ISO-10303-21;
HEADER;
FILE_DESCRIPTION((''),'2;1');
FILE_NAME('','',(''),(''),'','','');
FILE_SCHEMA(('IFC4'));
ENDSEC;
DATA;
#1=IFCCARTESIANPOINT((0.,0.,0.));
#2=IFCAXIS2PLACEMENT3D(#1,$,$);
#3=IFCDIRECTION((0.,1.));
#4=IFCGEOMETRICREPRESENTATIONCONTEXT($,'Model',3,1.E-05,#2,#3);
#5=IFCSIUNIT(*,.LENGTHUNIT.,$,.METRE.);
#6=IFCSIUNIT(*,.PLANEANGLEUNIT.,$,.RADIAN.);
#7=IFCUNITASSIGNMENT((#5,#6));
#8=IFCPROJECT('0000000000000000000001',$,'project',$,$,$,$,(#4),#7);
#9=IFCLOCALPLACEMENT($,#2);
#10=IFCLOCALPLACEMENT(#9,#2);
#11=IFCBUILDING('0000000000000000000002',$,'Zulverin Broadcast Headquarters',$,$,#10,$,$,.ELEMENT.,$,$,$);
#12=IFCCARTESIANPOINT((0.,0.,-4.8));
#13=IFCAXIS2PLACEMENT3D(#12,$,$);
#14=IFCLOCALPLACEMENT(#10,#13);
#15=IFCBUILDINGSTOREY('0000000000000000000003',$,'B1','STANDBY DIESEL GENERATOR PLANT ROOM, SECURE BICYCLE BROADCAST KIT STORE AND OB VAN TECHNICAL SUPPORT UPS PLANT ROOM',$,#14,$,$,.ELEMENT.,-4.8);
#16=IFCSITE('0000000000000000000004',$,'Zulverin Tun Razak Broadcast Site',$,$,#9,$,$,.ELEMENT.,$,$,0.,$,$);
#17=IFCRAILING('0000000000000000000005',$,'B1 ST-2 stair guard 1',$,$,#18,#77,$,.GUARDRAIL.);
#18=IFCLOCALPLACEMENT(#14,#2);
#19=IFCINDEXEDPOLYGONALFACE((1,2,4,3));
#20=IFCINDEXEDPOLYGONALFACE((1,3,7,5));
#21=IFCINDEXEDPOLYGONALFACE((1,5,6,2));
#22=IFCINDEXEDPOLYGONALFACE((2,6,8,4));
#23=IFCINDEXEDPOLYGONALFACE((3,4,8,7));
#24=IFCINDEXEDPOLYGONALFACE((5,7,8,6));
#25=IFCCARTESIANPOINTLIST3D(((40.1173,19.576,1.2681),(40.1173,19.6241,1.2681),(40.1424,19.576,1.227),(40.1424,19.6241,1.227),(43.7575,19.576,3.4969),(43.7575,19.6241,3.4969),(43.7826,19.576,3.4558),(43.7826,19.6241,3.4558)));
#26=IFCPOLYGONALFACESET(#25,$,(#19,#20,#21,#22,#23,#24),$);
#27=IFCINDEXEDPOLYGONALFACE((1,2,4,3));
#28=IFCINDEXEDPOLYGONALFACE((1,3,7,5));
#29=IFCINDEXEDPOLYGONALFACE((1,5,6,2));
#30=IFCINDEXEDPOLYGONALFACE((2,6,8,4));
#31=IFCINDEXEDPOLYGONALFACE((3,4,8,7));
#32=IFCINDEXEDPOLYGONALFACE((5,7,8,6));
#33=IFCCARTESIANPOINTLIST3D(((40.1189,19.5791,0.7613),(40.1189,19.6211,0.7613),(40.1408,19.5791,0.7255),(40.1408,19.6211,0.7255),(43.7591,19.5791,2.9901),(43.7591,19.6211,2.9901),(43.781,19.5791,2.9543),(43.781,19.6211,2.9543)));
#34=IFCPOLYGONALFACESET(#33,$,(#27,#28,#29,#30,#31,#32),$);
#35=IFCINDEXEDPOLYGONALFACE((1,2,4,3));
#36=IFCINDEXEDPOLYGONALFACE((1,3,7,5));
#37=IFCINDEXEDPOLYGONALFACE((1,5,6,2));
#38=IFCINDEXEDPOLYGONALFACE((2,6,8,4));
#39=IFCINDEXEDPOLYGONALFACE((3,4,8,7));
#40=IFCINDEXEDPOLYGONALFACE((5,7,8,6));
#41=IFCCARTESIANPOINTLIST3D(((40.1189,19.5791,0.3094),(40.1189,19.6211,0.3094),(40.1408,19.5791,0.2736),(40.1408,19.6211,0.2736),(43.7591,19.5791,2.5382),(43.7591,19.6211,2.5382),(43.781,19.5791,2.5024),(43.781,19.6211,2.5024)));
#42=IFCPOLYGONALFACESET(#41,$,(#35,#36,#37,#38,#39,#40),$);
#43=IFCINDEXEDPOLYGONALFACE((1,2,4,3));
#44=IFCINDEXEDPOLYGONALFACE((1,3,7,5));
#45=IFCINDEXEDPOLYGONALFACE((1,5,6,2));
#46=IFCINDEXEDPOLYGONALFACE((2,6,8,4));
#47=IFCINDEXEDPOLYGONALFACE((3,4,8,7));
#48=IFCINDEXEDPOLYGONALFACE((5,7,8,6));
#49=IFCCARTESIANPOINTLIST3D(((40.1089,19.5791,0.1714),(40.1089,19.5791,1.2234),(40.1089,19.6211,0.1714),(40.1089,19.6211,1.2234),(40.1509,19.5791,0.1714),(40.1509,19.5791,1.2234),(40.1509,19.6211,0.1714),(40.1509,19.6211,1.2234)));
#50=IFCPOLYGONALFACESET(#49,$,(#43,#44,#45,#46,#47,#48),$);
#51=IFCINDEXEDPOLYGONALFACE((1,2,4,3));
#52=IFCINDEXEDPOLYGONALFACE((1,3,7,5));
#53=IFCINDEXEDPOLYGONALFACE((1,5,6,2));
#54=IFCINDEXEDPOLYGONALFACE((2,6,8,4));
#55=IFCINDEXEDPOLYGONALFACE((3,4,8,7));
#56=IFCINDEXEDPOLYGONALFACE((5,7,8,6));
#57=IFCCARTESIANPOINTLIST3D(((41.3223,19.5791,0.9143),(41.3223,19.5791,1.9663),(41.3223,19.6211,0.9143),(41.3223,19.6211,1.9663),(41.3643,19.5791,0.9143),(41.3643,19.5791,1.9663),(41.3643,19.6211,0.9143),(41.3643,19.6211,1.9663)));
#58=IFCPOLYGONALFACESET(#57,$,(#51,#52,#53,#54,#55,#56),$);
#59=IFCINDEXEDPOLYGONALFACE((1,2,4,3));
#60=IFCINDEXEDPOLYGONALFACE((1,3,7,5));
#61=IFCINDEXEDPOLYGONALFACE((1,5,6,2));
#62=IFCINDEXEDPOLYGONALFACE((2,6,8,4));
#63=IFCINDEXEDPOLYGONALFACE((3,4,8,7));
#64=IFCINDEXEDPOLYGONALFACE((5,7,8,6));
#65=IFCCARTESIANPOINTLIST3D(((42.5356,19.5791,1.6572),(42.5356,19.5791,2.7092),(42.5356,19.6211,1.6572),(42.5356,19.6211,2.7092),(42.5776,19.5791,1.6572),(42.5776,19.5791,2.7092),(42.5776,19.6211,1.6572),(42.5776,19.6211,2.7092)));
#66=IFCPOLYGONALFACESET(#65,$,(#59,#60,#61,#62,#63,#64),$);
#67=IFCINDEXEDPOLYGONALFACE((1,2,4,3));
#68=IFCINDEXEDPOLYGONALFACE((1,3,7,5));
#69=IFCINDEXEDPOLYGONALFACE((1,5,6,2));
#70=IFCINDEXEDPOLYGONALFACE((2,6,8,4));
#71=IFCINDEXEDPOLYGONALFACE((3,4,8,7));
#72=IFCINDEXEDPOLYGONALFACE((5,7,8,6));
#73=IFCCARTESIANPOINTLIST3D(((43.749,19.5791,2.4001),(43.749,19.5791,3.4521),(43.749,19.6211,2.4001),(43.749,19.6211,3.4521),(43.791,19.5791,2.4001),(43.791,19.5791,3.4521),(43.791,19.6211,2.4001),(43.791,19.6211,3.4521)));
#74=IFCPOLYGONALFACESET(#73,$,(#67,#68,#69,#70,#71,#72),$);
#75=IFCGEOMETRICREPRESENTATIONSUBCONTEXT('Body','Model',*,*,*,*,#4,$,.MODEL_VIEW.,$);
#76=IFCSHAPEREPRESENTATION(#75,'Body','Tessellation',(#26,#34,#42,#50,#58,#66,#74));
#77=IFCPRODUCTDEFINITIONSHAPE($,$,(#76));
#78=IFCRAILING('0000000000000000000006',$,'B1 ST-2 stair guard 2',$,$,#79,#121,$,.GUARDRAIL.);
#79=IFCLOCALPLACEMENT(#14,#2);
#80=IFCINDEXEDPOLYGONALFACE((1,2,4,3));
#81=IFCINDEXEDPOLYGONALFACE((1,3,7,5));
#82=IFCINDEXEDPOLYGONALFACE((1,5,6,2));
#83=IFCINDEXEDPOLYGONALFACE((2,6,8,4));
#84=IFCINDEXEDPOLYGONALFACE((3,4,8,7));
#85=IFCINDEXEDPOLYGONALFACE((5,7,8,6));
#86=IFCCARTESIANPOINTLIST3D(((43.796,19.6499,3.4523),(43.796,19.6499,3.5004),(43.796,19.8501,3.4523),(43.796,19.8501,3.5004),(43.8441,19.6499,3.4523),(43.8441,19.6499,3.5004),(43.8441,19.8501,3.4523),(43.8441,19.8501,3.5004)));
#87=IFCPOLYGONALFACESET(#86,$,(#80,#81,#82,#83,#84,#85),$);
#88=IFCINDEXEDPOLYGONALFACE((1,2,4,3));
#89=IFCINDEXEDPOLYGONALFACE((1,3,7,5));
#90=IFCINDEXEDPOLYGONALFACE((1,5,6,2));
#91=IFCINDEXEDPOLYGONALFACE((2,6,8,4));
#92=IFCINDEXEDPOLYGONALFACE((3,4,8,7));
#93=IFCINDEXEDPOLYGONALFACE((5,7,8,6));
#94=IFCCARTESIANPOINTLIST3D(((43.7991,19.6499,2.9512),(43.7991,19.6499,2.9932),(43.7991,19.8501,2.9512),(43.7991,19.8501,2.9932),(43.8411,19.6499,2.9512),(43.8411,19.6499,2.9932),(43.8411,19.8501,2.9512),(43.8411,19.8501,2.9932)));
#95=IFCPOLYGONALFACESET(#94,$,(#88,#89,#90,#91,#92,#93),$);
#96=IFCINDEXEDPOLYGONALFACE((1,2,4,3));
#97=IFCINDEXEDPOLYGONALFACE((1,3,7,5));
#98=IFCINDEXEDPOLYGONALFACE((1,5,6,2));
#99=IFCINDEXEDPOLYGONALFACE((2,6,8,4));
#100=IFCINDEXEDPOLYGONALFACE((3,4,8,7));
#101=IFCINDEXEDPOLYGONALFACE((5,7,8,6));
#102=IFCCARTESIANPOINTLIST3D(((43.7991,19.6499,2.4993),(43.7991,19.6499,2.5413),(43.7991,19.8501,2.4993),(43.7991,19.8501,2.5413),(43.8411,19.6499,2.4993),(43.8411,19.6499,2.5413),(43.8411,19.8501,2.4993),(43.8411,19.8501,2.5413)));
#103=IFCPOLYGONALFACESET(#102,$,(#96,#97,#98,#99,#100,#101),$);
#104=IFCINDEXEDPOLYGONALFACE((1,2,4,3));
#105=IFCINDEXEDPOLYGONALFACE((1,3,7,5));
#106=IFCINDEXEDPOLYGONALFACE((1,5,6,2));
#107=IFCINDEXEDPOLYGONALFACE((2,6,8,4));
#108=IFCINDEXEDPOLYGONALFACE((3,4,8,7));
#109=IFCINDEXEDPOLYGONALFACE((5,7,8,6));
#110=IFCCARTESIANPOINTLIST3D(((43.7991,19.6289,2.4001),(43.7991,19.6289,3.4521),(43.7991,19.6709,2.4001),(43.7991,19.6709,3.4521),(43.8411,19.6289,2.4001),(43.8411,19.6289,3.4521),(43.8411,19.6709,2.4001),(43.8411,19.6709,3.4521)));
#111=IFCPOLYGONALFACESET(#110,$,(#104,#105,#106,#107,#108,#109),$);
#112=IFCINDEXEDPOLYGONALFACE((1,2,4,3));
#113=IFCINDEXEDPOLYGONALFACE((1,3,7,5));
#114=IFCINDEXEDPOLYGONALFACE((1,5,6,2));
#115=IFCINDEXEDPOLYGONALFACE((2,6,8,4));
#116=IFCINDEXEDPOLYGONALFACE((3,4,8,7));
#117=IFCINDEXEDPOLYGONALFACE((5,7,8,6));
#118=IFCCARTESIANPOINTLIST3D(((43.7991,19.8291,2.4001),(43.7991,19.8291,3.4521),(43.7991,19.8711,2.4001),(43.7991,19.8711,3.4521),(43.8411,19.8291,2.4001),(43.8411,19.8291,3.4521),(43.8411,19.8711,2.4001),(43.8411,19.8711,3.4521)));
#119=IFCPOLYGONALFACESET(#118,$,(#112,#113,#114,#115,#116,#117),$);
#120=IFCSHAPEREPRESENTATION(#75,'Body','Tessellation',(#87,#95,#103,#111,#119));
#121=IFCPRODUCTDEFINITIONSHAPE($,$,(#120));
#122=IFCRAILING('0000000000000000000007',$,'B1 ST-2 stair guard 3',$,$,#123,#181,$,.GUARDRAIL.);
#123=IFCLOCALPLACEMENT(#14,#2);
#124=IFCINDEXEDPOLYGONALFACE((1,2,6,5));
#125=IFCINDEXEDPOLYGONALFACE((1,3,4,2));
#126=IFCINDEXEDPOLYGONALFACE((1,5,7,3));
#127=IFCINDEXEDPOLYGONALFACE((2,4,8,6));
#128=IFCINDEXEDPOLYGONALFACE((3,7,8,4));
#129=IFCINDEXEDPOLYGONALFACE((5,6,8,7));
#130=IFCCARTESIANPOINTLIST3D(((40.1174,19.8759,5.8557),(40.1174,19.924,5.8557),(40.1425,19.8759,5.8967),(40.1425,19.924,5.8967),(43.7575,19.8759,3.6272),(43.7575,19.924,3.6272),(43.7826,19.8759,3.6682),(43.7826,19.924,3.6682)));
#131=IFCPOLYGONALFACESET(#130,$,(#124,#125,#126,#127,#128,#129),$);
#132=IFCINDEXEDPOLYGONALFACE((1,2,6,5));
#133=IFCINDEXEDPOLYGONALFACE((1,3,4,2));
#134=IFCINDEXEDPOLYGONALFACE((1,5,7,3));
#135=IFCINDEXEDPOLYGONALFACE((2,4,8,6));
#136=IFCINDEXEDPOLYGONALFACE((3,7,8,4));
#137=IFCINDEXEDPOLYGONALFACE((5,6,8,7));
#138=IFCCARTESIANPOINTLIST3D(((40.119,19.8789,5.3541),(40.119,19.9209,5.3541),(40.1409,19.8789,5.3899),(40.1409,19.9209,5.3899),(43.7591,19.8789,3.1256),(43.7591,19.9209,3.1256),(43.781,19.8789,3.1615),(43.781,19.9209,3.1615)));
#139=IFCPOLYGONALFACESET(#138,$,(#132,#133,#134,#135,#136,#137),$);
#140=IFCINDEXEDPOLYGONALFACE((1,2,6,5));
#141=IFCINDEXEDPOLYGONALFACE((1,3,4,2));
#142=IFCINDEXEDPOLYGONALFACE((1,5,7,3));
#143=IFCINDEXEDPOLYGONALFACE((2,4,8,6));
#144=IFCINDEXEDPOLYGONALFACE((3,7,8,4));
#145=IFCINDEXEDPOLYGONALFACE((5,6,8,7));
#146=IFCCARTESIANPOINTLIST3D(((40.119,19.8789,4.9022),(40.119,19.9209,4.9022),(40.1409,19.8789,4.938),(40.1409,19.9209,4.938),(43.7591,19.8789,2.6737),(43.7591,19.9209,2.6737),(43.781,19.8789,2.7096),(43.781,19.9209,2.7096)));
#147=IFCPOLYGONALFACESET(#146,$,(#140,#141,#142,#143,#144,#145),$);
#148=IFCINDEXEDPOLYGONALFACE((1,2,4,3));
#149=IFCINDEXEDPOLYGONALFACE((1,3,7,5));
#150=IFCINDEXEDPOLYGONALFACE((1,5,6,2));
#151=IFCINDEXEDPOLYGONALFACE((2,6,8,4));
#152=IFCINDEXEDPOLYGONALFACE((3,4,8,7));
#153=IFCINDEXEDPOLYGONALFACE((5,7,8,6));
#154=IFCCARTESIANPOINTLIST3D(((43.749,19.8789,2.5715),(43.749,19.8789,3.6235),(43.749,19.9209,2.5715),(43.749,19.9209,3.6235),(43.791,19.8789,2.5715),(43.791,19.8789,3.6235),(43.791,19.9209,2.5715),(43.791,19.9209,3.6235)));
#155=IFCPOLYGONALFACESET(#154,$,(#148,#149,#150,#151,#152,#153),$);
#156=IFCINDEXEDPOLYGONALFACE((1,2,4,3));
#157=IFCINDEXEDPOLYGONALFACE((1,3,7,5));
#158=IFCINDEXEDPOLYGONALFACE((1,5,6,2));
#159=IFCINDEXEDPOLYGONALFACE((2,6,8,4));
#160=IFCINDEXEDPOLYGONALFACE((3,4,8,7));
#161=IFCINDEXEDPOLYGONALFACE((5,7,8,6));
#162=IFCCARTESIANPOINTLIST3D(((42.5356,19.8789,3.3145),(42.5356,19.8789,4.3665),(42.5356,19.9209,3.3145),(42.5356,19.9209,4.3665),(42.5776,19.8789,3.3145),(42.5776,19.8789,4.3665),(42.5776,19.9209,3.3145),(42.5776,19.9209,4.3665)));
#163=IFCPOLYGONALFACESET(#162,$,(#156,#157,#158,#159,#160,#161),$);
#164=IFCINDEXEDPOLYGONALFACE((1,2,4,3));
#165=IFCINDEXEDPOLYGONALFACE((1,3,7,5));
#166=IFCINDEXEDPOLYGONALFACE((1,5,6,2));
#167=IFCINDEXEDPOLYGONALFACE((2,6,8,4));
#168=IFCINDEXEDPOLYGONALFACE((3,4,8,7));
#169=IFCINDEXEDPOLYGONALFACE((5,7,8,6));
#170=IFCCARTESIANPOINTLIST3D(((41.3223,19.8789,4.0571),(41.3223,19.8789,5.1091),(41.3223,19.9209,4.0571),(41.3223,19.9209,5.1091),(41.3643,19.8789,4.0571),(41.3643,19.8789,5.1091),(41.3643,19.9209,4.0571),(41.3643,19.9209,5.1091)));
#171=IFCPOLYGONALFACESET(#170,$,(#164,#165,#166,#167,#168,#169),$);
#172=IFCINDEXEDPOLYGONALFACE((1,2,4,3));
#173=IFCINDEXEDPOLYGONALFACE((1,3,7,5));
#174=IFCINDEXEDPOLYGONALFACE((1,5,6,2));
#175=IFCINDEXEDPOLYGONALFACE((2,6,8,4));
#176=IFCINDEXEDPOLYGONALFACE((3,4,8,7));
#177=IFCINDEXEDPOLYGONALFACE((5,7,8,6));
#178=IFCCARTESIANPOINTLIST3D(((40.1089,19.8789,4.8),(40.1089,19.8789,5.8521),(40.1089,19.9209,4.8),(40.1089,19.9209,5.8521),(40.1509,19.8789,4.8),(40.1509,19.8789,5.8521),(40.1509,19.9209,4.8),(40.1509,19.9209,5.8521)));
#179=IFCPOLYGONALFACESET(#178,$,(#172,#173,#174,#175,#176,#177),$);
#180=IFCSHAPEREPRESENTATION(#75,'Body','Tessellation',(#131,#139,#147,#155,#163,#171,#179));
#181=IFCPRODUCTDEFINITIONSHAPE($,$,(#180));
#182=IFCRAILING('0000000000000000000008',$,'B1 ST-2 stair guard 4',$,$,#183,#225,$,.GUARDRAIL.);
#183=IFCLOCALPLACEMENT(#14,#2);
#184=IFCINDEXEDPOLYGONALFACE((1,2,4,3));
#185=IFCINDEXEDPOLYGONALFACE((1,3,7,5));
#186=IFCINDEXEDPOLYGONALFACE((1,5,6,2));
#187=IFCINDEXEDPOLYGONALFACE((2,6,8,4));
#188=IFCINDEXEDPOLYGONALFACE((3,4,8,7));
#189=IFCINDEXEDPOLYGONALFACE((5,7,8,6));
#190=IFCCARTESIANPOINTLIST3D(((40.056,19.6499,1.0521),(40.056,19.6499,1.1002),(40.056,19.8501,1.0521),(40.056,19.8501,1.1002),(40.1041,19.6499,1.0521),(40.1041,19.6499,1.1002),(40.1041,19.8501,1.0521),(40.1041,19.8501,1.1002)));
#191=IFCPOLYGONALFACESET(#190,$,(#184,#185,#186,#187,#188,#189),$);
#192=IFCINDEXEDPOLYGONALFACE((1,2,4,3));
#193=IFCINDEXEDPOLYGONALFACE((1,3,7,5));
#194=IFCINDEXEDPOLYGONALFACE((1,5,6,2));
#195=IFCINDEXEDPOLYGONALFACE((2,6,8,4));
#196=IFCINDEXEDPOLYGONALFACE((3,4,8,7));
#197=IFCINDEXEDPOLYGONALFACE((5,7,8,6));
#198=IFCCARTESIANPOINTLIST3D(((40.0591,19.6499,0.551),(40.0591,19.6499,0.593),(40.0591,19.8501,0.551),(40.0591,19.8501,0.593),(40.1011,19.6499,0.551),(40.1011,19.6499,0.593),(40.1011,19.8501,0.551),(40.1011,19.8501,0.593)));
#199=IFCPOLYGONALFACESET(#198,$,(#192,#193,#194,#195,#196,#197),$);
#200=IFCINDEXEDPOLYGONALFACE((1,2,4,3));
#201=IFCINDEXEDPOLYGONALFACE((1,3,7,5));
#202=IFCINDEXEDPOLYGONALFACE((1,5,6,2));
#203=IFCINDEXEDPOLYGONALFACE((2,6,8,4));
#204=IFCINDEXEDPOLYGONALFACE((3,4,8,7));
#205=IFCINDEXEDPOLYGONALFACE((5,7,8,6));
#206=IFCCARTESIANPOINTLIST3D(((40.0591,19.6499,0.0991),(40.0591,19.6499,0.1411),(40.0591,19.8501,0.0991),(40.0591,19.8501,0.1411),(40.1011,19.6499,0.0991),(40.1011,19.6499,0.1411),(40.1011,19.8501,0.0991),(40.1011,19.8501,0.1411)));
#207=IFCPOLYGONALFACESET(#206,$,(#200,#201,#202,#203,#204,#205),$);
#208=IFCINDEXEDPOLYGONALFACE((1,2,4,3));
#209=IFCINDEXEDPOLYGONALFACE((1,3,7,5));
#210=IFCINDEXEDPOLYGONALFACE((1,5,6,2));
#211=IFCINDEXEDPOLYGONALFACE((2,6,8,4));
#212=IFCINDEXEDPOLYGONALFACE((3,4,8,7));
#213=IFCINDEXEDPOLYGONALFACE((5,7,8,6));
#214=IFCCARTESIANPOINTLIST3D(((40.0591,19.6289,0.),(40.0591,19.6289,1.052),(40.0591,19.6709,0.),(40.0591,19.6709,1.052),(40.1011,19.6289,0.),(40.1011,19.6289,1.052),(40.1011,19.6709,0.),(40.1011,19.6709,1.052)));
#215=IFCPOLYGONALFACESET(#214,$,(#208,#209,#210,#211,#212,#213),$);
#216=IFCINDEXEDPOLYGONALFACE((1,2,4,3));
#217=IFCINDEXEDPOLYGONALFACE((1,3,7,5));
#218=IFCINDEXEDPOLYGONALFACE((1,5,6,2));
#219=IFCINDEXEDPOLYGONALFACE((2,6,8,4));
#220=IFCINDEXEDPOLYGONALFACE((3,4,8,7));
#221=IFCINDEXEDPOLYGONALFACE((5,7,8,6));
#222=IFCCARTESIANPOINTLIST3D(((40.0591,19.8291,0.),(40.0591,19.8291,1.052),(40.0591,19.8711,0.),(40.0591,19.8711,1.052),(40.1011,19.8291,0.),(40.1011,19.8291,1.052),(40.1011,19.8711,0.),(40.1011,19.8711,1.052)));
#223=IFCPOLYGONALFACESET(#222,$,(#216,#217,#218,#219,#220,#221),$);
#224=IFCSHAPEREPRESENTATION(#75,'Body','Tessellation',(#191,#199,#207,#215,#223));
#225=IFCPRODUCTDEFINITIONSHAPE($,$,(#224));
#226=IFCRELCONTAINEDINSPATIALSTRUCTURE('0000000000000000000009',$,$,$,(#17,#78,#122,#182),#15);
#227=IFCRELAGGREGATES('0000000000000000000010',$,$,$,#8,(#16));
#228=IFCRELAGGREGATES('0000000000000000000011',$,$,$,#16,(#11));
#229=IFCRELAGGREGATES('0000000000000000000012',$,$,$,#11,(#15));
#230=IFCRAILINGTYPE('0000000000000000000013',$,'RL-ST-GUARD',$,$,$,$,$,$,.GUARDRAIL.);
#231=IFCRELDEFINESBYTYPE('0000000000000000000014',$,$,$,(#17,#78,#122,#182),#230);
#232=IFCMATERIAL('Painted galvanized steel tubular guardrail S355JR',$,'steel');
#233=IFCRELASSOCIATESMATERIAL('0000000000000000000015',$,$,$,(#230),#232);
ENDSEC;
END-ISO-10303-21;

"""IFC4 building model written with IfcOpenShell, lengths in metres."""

from ifc_helpers import new_model, si_unit, direction, frame, origin, origin_2d, place, context, subcontext, project, spatial, rectangle, extrude, material, type_object, element, save


model = new_model("IFC4")

# Units and contexts
model_context = context("Model", 3, precision=1e-05, world=origin(), true_north=direction((0.0, 1.0)))
body_context = subcontext(model_context, "Body", "Model", "MODEL_VIEW")
ifc_project = project(units=[si_unit("LENGTHUNIT", "METRE"), si_unit("PLANEANGLEUNIT", "RADIAN")], contexts=[model_context])

# Site, building, storey
site_placement = place(None, origin())
site = spatial("IfcSite", under=ifc_project, at=site_placement, Name="Zulverin Tun Razak Broadcast Site", CompositionType="ELEMENT", RefElevation=0.0)
building_placement = place(site_placement, origin())
building = spatial("IfcBuilding", under=site, at=building_placement, Name="Zulverin Broadcast Headquarters", CompositionType="ELEMENT")
storey_placement = place(building_placement, frame((0.0, 0.0, -4.8)))
storey = spatial("IfcBuildingStorey", under=building, at=storey_placement, Name="B1", Description="STANDBY DIESEL GENERATOR PLANT ROOM, SECURE BICYCLE BROADCAST KIT STORE AND OB VAN TECHNICAL SUPPORT UPS PLANT ROOM", CompositionType="ELEMENT", Elevation=-4.8)

# Railings
ifc_material_1 = material(Name="Painted galvanized steel tubular guardrail S355JR", Category="steel")
railing_type_1 = type_object("IfcRailingType", Name="RL-ST-GUARD", PredefinedType="GUARDRAIL", material=ifc_material_1)
railing_1_placement = place(storey_placement, frame((40.1299, 19.6001, 0.1714)))
element("IfcRailing", 1, at=railing_1_placement, inside=storey, type_object=railing_type_1, Name="B1 ST-2 stair guard 1", PredefinedType="GUARDRAIL", context=body_context, shape_type="SweptSolid", body=[
    extrude(rectangle(XDim=0.0481, YDim=0.0481, at=origin_2d()), frame((0.0, 0.0, 1.0762), z_axis=(0.85284, 0.0, 0.522172), x_axis=(0.0, 1.0, 0.0)), (0.0, 0.0, 1.0), 4.2683),
    extrude(rectangle(XDim=0.042, YDim=0.042, at=origin_2d()), frame((0.0, 0.0, 0.572), z_axis=(0.85284, 0.0, 0.522172), x_axis=(0.0, 1.0, 0.0)), (0.0, 0.0, 1.0), 4.2683),
    extrude(rectangle(XDim=0.042, YDim=0.042, at=origin_2d()), frame((0.0, 0.0, 0.1201), z_axis=(0.85284, 0.0, 0.522172), x_axis=(0.0, 1.0, 0.0)), (0.0, 0.0, 1.0), 4.2683),
    extrude(rectangle(XDim=0.042, YDim=0.042, at=origin_2d()), origin(), (0.0, 0.0, 1.0), 1.052),
    extrude(rectangle(XDim=0.042, YDim=0.042, at=origin_2d()), frame((1.2134, 0.0, 0.7429)), (0.0, 0.0, 1.0), 1.052),
    extrude(rectangle(XDim=0.042, YDim=0.042, at=origin_2d()), frame((2.4268, 0.0, 1.4858)), (0.0, 0.0, 1.0), 1.052),
    extrude(rectangle(XDim=0.042, YDim=0.042, at=origin_2d()), frame((3.6401, 0.0, 2.2288)), (0.0, 0.0, 1.0), 1.052),
])
railing_2_placement = place(storey_placement, frame((43.8201, 19.6499, 2.4001)))
element("IfcRailing", 2, at=railing_2_placement, inside=storey, type_object=railing_type_1, Name="B1 ST-2 stair guard 2", PredefinedType="GUARDRAIL", context=body_context, shape_type="SweptSolid", body=[
    extrude(rectangle(XDim=0.0481, YDim=0.0481, at=origin_2d()), frame((0.0, 0.0, 1.0762), z_axis=(0.0, 1.0, 0.0), x_axis=(-1.0, 0.0, 0.0)), (0.0, 0.0, 1.0), 0.2002),
    extrude(rectangle(XDim=0.042, YDim=0.042, at=origin_2d()), frame((0.0, 0.0, 0.572), z_axis=(0.0, 1.0, 0.0), x_axis=(-1.0, 0.0, 0.0)), (0.0, 0.0, 1.0), 0.2002),
    extrude(rectangle(XDim=0.042, YDim=0.042, at=origin_2d()), frame((0.0, 0.0, 0.1201), z_axis=(0.0, 1.0, 0.0), x_axis=(-1.0, 0.0, 0.0)), (0.0, 0.0, 1.0), 0.2002),
    extrude(rectangle(XDim=0.042, YDim=0.042, at=origin_2d()), origin(), (0.0, 0.0, 1.0), 1.052),
    extrude(rectangle(XDim=0.042, YDim=0.042, at=origin_2d()), frame((0.0, 0.2002, 0.0)), (0.0, 0.0, 1.0), 1.052),
])
railing_3_placement = place(storey_placement, frame((43.77, 19.8999, 2.5715)))
element("IfcRailing", 3, at=railing_3_placement, inside=storey, type_object=railing_type_1, Name="B1 ST-2 stair guard 3", PredefinedType="GUARDRAIL", context=body_context, shape_type="SweptSolid", body=[
    extrude(rectangle(XDim=0.0481, YDim=0.0481, at=origin_2d()), frame((0.0, 0.0, 1.0762), z_axis=(-0.852866, 0.0, 0.52213), x_axis=(0.0, -1.0, 0.0)), (0.0, 0.0, 1.0), 4.2681),
    extrude(rectangle(XDim=0.042, YDim=0.042, at=origin_2d()), frame((0.0, 0.0, 0.572), z_axis=(-0.852866, 0.0, 0.52213), x_axis=(0.0, -1.0, 0.0)), (0.0, 0.0, 1.0), 4.2681),
    extrude(rectangle(XDim=0.042, YDim=0.042, at=origin_2d()), frame((0.0, 0.0, 0.1201), z_axis=(-0.852866, 0.0, 0.52213), x_axis=(0.0, -1.0, 0.0)), (0.0, 0.0, 1.0), 4.2681),
    extrude(rectangle(XDim=0.042, YDim=0.042, at=origin_2d()), origin(), (0.0, 0.0, 1.0), 1.052),
    extrude(rectangle(XDim=0.042, YDim=0.042, at=origin_2d()), frame((-1.2134, 0.0, 0.7429)), (0.0, 0.0, 1.0), 1.052),
    extrude(rectangle(XDim=0.042, YDim=0.042, at=origin_2d()), frame((-2.4268, 0.0, 1.4856)), (0.0, 0.0, 1.0), 1.052),
    extrude(rectangle(XDim=0.042, YDim=0.042, at=origin_2d()), frame((-3.6401, 0.0, 2.2285)), (0.0, 0.0, 1.0), 1.052),
])
railing_4_placement = place(storey_placement, frame((40.0801, 19.6499, 0.0)))
element("IfcRailing", 4, at=railing_4_placement, inside=storey, type_object=railing_type_1, Name="B1 ST-2 stair guard 4", PredefinedType="GUARDRAIL", context=body_context, shape_type="SweptSolid", body=[
    extrude(rectangle(XDim=0.0481, YDim=0.0481, at=origin_2d()), frame((0.0, 0.0, 1.0762), z_axis=(0.0, 1.0, 0.0), x_axis=(-1.0, 0.0, 0.0)), (0.0, 0.0, 1.0), 0.2002),
    extrude(rectangle(XDim=0.042, YDim=0.042, at=origin_2d()), frame((0.0, 0.0, 0.572), z_axis=(0.0, 1.0, 0.0), x_axis=(-1.0, 0.0, 0.0)), (0.0, 0.0, 1.0), 0.2002),
    extrude(rectangle(XDim=0.042, YDim=0.042, at=origin_2d()), frame((0.0, 0.0, 0.1201), z_axis=(0.0, 1.0, 0.0), x_axis=(-1.0, 0.0, 0.0)), (0.0, 0.0, 1.0), 0.2002),
    extrude(rectangle(XDim=0.042, YDim=0.042, at=origin_2d()), origin(), (0.0, 0.0, 1.0), 1.052),
    extrude(rectangle(XDim=0.042, YDim=0.042, at=origin_2d()), frame((0.0, 0.2002, 0.0)), (0.0, 0.0, 1.0), 1.052),
])

save(model, "model.ifc")
